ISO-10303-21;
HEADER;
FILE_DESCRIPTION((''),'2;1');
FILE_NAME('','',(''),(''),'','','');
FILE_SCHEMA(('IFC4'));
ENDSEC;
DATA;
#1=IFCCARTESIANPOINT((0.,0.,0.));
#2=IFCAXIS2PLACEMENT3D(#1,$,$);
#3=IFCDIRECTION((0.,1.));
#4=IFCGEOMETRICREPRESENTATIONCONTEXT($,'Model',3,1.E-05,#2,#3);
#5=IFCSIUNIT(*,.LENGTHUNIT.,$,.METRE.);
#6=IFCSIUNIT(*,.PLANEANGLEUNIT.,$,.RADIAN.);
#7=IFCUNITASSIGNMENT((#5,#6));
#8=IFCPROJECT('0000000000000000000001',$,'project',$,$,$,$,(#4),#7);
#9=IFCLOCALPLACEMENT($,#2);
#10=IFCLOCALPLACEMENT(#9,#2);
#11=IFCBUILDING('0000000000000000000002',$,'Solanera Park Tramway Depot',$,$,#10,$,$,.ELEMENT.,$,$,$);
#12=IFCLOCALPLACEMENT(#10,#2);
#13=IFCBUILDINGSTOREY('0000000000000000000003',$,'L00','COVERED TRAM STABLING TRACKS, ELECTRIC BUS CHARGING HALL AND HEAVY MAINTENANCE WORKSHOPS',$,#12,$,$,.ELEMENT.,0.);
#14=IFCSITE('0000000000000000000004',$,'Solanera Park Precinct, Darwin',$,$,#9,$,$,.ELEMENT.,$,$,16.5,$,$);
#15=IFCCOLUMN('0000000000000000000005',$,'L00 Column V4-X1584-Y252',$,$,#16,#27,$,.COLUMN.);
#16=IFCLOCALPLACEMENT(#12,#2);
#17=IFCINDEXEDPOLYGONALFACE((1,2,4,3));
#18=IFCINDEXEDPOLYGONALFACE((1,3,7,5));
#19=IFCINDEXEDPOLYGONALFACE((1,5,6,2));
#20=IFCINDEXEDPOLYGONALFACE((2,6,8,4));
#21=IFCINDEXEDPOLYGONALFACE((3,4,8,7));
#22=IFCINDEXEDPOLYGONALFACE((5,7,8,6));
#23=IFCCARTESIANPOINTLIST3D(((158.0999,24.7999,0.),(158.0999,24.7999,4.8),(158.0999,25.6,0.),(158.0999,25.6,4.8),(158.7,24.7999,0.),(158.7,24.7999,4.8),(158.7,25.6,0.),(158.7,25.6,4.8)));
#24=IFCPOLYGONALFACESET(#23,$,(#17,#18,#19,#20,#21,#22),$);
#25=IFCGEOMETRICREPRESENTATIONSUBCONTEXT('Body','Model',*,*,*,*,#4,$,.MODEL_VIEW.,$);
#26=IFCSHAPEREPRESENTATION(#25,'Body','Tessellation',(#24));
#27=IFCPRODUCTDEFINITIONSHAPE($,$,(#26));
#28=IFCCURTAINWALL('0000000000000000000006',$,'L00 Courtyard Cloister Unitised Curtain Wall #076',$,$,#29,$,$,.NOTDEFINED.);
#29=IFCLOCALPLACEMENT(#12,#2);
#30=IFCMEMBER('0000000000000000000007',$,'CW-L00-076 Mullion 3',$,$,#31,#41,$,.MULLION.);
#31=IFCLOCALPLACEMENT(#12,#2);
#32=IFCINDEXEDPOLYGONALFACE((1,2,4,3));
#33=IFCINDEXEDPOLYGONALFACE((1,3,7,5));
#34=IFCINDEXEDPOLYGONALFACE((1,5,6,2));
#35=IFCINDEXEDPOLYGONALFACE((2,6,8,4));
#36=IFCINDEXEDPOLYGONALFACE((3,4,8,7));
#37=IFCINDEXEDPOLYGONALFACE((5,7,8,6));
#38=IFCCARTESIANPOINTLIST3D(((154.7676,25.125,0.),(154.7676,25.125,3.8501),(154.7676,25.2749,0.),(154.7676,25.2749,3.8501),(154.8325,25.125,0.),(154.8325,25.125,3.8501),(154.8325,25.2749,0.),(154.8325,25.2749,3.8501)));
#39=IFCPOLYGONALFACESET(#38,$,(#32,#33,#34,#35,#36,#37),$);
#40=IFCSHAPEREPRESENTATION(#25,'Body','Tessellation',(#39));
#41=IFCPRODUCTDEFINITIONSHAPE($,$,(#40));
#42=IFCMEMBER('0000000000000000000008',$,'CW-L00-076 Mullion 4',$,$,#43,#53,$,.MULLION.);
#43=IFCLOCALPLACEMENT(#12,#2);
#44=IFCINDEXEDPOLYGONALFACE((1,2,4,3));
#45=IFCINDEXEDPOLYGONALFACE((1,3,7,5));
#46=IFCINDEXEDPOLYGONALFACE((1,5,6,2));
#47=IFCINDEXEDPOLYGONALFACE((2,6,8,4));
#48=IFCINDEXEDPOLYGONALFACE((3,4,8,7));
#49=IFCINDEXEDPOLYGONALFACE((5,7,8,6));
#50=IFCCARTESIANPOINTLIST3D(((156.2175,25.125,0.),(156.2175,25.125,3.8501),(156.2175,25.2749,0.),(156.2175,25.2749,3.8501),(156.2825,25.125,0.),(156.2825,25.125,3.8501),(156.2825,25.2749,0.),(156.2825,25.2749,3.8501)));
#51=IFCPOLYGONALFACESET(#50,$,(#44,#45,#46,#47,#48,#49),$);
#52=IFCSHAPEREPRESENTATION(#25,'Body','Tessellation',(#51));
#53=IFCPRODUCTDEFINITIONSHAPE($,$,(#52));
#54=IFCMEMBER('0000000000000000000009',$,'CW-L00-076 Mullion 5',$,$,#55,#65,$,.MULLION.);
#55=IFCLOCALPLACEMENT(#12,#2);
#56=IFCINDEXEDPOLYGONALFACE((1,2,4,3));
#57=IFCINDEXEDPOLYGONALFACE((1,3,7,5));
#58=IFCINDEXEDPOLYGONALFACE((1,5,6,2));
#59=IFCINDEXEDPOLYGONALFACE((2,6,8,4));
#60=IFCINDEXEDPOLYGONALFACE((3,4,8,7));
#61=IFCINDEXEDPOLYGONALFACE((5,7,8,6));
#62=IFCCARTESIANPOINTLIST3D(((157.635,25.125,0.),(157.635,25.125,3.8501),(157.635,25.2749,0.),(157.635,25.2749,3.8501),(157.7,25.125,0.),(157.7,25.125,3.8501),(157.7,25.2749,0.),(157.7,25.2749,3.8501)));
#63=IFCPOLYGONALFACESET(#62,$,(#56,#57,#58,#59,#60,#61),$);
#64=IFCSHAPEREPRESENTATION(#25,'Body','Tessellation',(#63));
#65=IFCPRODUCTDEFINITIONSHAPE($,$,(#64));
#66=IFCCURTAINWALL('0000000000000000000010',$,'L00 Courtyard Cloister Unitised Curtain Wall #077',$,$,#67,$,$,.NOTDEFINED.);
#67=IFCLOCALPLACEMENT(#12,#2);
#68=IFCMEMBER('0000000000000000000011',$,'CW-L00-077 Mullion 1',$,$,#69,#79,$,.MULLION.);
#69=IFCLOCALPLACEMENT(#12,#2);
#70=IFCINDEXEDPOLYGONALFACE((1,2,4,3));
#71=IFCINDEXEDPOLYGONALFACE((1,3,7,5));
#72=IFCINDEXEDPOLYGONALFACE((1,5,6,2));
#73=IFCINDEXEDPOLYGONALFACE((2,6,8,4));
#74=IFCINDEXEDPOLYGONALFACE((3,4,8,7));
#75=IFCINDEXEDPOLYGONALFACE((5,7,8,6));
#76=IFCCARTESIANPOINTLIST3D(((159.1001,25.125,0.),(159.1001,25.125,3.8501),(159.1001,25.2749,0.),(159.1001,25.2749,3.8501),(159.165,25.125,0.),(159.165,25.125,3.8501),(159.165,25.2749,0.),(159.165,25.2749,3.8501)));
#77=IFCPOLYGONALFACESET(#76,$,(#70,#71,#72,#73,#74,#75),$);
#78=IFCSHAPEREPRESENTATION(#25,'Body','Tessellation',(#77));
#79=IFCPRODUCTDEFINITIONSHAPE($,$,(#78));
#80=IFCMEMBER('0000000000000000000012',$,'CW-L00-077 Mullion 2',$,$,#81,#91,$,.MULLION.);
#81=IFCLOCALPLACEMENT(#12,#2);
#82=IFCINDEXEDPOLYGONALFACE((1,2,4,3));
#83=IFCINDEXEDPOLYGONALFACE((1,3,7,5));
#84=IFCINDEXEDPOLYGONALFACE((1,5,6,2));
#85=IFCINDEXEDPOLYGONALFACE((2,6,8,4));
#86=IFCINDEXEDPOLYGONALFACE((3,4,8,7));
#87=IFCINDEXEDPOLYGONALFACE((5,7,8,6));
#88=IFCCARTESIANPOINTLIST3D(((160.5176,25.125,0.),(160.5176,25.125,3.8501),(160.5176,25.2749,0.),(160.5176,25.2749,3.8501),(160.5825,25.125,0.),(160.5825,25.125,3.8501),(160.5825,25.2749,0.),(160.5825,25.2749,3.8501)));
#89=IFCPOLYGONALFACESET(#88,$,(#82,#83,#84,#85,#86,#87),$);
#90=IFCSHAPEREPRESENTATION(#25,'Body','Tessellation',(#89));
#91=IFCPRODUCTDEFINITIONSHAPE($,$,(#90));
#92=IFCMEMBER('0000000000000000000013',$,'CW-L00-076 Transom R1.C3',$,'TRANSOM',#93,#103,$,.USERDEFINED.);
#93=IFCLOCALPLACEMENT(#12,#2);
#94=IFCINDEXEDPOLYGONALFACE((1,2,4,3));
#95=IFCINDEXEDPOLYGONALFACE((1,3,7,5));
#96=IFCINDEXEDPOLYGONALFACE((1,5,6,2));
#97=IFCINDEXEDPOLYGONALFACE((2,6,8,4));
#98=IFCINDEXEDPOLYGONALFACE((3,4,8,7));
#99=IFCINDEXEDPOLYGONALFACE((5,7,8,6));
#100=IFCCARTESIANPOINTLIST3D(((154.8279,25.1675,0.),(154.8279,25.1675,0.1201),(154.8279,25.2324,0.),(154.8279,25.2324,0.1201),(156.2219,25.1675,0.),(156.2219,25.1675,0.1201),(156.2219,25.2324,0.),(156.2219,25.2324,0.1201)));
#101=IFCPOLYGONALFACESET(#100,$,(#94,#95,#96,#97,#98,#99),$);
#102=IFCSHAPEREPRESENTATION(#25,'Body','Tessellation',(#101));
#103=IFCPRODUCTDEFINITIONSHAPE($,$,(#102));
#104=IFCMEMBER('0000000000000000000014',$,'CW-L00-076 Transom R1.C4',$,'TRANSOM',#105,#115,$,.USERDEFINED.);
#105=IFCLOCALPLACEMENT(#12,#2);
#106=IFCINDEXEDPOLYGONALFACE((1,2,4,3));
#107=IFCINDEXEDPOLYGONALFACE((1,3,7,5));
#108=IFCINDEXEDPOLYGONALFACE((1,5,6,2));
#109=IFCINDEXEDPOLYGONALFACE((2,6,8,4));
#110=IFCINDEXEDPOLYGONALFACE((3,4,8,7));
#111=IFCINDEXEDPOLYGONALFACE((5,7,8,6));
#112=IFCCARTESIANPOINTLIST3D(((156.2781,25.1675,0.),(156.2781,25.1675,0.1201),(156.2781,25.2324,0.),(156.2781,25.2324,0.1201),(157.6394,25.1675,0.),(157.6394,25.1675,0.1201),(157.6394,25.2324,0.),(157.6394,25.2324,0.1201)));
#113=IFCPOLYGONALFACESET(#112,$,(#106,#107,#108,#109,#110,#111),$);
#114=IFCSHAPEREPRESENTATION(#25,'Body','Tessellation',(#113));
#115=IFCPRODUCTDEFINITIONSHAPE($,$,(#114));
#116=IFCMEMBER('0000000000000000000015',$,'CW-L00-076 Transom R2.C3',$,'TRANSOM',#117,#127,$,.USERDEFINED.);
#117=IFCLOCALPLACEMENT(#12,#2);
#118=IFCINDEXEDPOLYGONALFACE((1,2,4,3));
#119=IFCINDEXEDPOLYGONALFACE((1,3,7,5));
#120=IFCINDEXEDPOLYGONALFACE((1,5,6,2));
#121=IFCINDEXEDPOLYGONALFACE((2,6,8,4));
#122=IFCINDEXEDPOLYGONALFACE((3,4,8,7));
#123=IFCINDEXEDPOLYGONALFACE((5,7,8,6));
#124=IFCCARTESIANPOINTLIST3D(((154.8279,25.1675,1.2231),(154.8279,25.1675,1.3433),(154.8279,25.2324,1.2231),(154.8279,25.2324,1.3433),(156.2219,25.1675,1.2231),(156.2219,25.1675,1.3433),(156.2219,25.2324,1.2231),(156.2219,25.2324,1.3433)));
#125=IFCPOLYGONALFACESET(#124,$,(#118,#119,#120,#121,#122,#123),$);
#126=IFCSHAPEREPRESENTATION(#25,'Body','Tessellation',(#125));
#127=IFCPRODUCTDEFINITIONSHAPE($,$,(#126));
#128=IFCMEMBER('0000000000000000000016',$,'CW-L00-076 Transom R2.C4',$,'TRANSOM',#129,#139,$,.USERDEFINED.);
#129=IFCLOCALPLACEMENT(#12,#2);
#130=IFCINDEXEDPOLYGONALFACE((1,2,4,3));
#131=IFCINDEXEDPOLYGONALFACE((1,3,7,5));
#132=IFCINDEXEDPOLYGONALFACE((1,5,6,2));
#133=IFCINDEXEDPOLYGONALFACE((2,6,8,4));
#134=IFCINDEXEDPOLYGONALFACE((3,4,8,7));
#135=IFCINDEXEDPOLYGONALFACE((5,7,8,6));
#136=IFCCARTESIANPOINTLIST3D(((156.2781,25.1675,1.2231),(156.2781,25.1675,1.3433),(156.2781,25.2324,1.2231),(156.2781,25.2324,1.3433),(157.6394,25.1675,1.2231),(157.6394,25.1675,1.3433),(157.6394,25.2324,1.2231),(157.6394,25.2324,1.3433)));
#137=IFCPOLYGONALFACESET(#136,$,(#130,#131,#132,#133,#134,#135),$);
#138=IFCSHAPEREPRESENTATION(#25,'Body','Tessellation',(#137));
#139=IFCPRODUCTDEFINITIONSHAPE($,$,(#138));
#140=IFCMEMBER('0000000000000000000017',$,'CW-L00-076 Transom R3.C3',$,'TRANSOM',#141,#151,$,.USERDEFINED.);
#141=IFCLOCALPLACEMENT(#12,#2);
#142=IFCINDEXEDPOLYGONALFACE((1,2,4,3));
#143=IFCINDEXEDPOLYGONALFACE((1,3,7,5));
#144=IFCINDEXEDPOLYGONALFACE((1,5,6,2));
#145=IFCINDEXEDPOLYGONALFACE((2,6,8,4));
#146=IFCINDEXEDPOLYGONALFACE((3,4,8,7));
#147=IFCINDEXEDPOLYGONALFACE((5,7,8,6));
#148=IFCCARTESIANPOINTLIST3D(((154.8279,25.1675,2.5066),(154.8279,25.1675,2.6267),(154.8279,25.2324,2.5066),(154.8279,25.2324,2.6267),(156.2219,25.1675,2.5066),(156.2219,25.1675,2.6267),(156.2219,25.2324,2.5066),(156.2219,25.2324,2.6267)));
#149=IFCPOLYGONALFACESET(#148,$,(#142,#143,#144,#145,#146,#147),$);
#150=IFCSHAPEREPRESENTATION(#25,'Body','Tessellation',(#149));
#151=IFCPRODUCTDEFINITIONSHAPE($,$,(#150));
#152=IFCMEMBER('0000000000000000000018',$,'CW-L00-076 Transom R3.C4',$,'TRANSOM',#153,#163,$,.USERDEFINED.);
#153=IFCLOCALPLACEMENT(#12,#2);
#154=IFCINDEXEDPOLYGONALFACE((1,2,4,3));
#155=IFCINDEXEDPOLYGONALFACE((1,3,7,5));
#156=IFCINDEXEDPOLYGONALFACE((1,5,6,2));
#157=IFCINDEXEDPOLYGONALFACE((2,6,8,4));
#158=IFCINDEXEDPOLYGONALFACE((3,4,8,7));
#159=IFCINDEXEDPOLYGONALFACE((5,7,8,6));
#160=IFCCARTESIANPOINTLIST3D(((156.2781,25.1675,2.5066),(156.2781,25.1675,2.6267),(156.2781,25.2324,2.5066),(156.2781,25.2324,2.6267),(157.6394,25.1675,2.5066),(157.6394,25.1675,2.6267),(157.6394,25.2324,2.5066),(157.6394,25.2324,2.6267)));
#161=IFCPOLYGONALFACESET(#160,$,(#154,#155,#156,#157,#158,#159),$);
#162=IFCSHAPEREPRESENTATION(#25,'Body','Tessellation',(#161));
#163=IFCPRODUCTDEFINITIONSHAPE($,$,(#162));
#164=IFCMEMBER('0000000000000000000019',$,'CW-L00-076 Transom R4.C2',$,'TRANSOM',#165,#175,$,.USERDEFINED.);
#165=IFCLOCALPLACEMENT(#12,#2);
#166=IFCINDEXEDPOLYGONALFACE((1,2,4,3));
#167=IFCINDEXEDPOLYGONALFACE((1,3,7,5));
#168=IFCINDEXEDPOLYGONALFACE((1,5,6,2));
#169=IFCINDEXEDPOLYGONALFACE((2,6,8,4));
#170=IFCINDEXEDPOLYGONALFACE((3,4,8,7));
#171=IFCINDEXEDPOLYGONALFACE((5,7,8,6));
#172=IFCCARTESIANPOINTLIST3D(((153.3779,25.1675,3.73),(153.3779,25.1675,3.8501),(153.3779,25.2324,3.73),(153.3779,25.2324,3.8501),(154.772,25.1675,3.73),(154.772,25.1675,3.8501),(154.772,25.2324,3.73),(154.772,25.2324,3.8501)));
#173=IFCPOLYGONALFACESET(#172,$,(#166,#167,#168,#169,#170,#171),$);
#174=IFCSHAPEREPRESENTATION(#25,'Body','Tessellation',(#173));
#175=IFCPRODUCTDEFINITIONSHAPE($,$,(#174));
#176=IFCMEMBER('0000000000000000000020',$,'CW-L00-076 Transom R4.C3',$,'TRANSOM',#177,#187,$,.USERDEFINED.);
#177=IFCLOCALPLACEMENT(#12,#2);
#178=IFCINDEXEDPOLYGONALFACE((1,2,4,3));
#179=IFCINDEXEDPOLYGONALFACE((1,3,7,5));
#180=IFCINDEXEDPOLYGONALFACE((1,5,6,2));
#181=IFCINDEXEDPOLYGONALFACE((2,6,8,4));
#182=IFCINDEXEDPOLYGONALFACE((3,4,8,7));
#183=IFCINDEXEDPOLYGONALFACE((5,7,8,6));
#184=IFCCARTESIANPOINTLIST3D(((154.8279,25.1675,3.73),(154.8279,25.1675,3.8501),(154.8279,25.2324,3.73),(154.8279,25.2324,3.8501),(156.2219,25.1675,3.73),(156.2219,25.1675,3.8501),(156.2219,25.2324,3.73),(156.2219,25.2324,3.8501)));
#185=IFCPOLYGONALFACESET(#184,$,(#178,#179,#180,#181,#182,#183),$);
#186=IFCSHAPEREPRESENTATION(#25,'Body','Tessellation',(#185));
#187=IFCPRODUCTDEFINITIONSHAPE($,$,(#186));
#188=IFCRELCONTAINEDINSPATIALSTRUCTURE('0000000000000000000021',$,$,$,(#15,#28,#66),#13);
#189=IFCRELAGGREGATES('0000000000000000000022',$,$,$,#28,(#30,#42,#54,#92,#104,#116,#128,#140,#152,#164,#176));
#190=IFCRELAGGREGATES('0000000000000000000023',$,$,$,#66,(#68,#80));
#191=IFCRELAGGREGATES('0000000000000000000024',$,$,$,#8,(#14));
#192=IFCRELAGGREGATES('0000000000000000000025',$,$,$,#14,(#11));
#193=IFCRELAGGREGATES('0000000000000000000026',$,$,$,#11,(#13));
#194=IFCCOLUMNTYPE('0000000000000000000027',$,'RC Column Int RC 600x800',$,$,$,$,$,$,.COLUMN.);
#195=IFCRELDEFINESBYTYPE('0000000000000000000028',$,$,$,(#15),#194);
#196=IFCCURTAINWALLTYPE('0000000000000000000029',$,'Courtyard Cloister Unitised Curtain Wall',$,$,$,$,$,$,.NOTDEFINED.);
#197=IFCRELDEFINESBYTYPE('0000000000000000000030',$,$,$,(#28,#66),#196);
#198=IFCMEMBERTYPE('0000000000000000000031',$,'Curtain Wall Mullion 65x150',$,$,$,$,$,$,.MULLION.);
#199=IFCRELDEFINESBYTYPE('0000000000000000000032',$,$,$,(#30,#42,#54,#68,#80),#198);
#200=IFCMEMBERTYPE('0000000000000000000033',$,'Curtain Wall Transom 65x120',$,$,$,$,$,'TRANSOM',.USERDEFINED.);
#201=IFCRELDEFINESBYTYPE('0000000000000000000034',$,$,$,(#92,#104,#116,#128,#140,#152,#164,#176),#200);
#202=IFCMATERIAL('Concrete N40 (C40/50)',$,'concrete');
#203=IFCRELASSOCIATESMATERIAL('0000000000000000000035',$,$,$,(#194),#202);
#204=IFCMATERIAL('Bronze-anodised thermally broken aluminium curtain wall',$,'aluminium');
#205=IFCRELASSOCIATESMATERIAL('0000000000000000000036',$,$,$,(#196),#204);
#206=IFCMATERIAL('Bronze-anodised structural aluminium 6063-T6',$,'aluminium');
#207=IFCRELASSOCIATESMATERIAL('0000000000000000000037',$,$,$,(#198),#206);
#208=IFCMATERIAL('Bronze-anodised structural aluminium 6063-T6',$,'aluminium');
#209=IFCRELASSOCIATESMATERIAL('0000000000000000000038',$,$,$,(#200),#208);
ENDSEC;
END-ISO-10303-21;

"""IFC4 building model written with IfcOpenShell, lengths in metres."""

from ifc_helpers import new_model, si_unit, direction, frame, origin, origin_2d, place, context, subcontext, project, spatial, rectangle, extrude, material, material_profile, profile_set, type_object, element, aggregate, save


model = new_model("IFC4")

# Units and contexts
model_context = context("Model", 3, precision=1e-05, world=origin(), true_north=direction((0.0, 1.0)))
body_context = subcontext(model_context, "Body", "Model", "MODEL_VIEW")
ifc_project = project(units=[si_unit("LENGTHUNIT", "METRE"), si_unit("PLANEANGLEUNIT", "RADIAN")], contexts=[model_context])

# Site, building, storey
site_placement = place(None, origin())
site = spatial("IfcSite", under=ifc_project, at=site_placement, Name="Solanera Park Precinct, Darwin", CompositionType="ELEMENT", RefElevation=16.5)
building_placement = place(site_placement, origin())
building = spatial("IfcBuilding", under=site, at=building_placement, Name="Solanera Park Tramway Depot", CompositionType="ELEMENT")
storey_placement = place(building_placement, origin())
storey = spatial("IfcBuildingStorey", under=building, at=storey_placement, Name="L00", Description="COVERED TRAM STABLING TRACKS, ELECTRIC BUS CHARGING HALL AND HEAVY MAINTENANCE WORKSHOPS", CompositionType="ELEMENT", Elevation=0.0)

# Column
ifc_material_1 = material(Name="Concrete N40 (C40/50)", Category="concrete")
ifc_material_profile_1 = material_profile(ifc_material_1, rectangle(XDim=0.6001, YDim=0.8, at=origin_2d()), Name="RC 600x800")
ifc_profile_set_1 = profile_set([ifc_material_profile_1], Name="Concrete N40 (C40/50)")
column_type = type_object("IfcColumnType", Name="RC Column Int RC 600x800", PredefinedType="COLUMN", material=ifc_profile_set_1)
column_placement = place(storey_placement, frame((158.3999, 25.2, 0.0), z_axis=(0.0, 0.0, 1.0), x_axis=(1.0, 0.0, 0.0)))
element("IfcColumn", 1, at=column_placement, inside=storey, type_object=column_type, Name="L00 Column V4-X1584-Y252", PredefinedType="COLUMN", context=body_context, shape_type="SweptSolid", body=[
    extrude(rectangle(XDim=0.6001, YDim=0.8, at=origin_2d()), origin(), (0.0, 0.0, 1.0), 4.8),
])

# Curtain walls, members
ifc_material_2 = material(Name="Bronze-anodised thermally broken aluminium curtain wall", Category="aluminium")
curtain_wall_type = type_object("IfcCurtainWallType", Name="Courtyard Cloister Unitised Curtain Wall", PredefinedType="NOTDEFINED", material=ifc_material_2)
curtain_wall_1_placement = place(storey_placement, origin())
curtain_wall_1 = element("IfcCurtainWall", 2, at=curtain_wall_1_placement, inside=storey, type_object=curtain_wall_type, Name="L00 Courtyard Cloister Unitised Curtain Wall #076", PredefinedType="NOTDEFINED")
ifc_material_3 = material(Name="Bronze-anodised structural aluminium 6063-T6", Category="aluminium")
ifc_material_profile_2 = material_profile(ifc_material_3, rectangle(XDim=0.0649, YDim=0.1499, at=origin_2d()), Name="Curtain Wall Mullion 65x150")
ifc_profile_set_2 = profile_set([ifc_material_profile_2], Name="Bronze-anodised structural aluminium 6063-T6")
member_type_1 = type_object("IfcMemberType", Name="Curtain Wall Mullion 65x150", PredefinedType="MULLION", material=ifc_profile_set_2)
member_1_placement = place(storey_placement, frame((154.8, 25.2, 0.0), z_axis=(0.0, 0.0, 1.0), x_axis=(1.0, 0.0, 0.0)))
member_1 = element("IfcMember", 3, at=member_1_placement, type_object=member_type_1, Name="CW-L00-076 Mullion 3", PredefinedType="MULLION", context=body_context, shape_type="SweptSolid", body=[
    extrude(rectangle(XDim=0.0649, YDim=0.1499, at=origin_2d()), origin(), (0.0, 0.0, 1.0), 3.8501),
])
member_2_placement = place(storey_placement, frame((156.25, 25.2, 0.0), z_axis=(0.0, 0.0, 1.0), x_axis=(1.0, 0.0, 0.0)))
member_2 = element("IfcMember", 4, at=member_2_placement, type_object=member_type_1, Name="CW-L00-076 Mullion 4", PredefinedType="MULLION", context=body_context, shape_type="SweptSolid", body=[
    extrude(rectangle(XDim=0.0649, YDim=0.1499, at=origin_2d()), origin(), (0.0, 0.0, 1.0), 3.8501),
])
member_3_placement = place(storey_placement, frame((157.6675, 25.2, 0.0), z_axis=(0.0, 0.0, 1.0), x_axis=(1.0, 0.0, 0.0)))
member_3 = element("IfcMember", 5, at=member_3_placement, type_object=member_type_1, Name="CW-L00-076 Mullion 5", PredefinedType="MULLION", context=body_context, shape_type="SweptSolid", body=[
    extrude(rectangle(XDim=0.0649, YDim=0.1499, at=origin_2d()), origin(), (0.0, 0.0, 1.0), 3.8501),
])
curtain_wall_2_placement = place(storey_placement, origin())
curtain_wall_2 = element("IfcCurtainWall", 6, at=curtain_wall_2_placement, inside=storey, type_object=curtain_wall_type, Name="L00 Courtyard Cloister Unitised Curtain Wall #077", PredefinedType="NOTDEFINED")
member_4_placement = place(storey_placement, frame((159.1326, 25.2, 0.0), z_axis=(0.0, 0.0, 1.0), x_axis=(1.0, 0.0, 0.0)))
member_4 = element("IfcMember", 7, at=member_4_placement, type_object=member_type_1, Name="CW-L00-077 Mullion 1", PredefinedType="MULLION", context=body_context, shape_type="SweptSolid", body=[
    extrude(rectangle(XDim=0.0649, YDim=0.1499, at=origin_2d()), origin(), (0.0, 0.0, 1.0), 3.8501),
])
member_5_placement = place(storey_placement, frame((160.55, 25.2, 0.0), z_axis=(0.0, 0.0, 1.0), x_axis=(1.0, 0.0, 0.0)))
member_5 = element("IfcMember", 8, at=member_5_placement, type_object=member_type_1, Name="CW-L00-077 Mullion 2", PredefinedType="MULLION", context=body_context, shape_type="SweptSolid", body=[
    extrude(rectangle(XDim=0.0649, YDim=0.1499, at=origin_2d()), origin(), (0.0, 0.0, 1.0), 3.8501),
])

# Members
ifc_material_4 = material(Name="Bronze-anodised structural aluminium 6063-T6", Category="aluminium")
ifc_material_profile_3 = material_profile(ifc_material_4, rectangle(XDim=0.0649, YDim=0.1201, at=origin_2d()), Name="Curtain Wall Transom 65x120")
ifc_profile_set_3 = profile_set([ifc_material_profile_3], Name="Bronze-anodised structural aluminium 6063-T6")
member_type_2 = type_object("IfcMemberType", Name="Curtain Wall Transom 65x120", ElementType="TRANSOM", PredefinedType="USERDEFINED", material=ifc_profile_set_3)
member_6_placement = place(storey_placement, frame((154.8279, 25.2, 0.0601), z_axis=(1.0, 0.0, 0.0), x_axis=(0.0, 1.0, 0.0)))
member_6 = element("IfcMember", 9, at=member_6_placement, type_object=member_type_2, Name="CW-L00-076 Transom R1.C3", ObjectType="TRANSOM", PredefinedType="USERDEFINED", context=body_context, shape_type="SweptSolid", body=[
    extrude(rectangle(XDim=0.0649, YDim=0.1201, at=origin_2d()), origin(), (0.0, 0.0, 1.0), 1.394),
])
member_7_placement = place(storey_placement, frame((156.2781, 25.2, 0.0601), z_axis=(1.0, 0.0, 0.0), x_axis=(0.0, 1.0, 0.0)))
member_7 = element("IfcMember", 10, at=member_7_placement, type_object=member_type_2, Name="CW-L00-076 Transom R1.C4", ObjectType="TRANSOM", PredefinedType="USERDEFINED", context=body_context, shape_type="SweptSolid", body=[
    extrude(rectangle(XDim=0.0649, YDim=0.1201, at=origin_2d()), origin(), (0.0, 0.0, 1.0), 1.3613),
])
member_8_placement = place(storey_placement, frame((154.8279, 25.2, 1.2832), z_axis=(1.0, 0.0, 0.0), x_axis=(0.0, 1.0, 0.0)))
member_8 = element("IfcMember", 11, at=member_8_placement, type_object=member_type_2, Name="CW-L00-076 Transom R2.C3", ObjectType="TRANSOM", PredefinedType="USERDEFINED", context=body_context, shape_type="SweptSolid", body=[
    extrude(rectangle(XDim=0.0649, YDim=0.1201, at=origin_2d()), origin(), (0.0, 0.0, 1.0), 1.394),
])
member_9_placement = place(storey_placement, frame((156.2781, 25.2, 1.2832), z_axis=(1.0, 0.0, 0.0), x_axis=(0.0, 1.0, 0.0)))
member_9 = element("IfcMember", 12, at=member_9_placement, type_object=member_type_2, Name="CW-L00-076 Transom R2.C4", ObjectType="TRANSOM", PredefinedType="USERDEFINED", context=body_context, shape_type="SweptSolid", body=[
    extrude(rectangle(XDim=0.0649, YDim=0.1201, at=origin_2d()), origin(), (0.0, 0.0, 1.0), 1.3613),
])
member_10_placement = place(storey_placement, frame((154.8279, 25.2, 2.5667), z_axis=(1.0, 0.0, 0.0), x_axis=(0.0, 1.0, 0.0)))
member_10 = element("IfcMember", 13, at=member_10_placement, type_object=member_type_2, Name="CW-L00-076 Transom R3.C3", ObjectType="TRANSOM", PredefinedType="USERDEFINED", context=body_context, shape_type="SweptSolid", body=[
    extrude(rectangle(XDim=0.0649, YDim=0.1201, at=origin_2d()), origin(), (0.0, 0.0, 1.0), 1.394),
])
member_11_placement = place(storey_placement, frame((156.2781, 25.2, 2.5667), z_axis=(1.0, 0.0, 0.0), x_axis=(0.0, 1.0, 0.0)))
member_11 = element("IfcMember", 14, at=member_11_placement, type_object=member_type_2, Name="CW-L00-076 Transom R3.C4", ObjectType="TRANSOM", PredefinedType="USERDEFINED", context=body_context, shape_type="SweptSolid", body=[
    extrude(rectangle(XDim=0.0649, YDim=0.1201, at=origin_2d()), origin(), (0.0, 0.0, 1.0), 1.3613),
])
member_12_placement = place(storey_placement, frame((153.3779, 25.2, 3.79), z_axis=(1.0, 0.0, 0.0), x_axis=(0.0, 1.0, 0.0)))
member_12 = element("IfcMember", 15, at=member_12_placement, type_object=member_type_2, Name="CW-L00-076 Transom R4.C2", ObjectType="TRANSOM", PredefinedType="USERDEFINED", context=body_context, shape_type="SweptSolid", body=[
    extrude(rectangle(XDim=0.0649, YDim=0.1201, at=origin_2d()), origin(), (0.0, 0.0, 1.0), 1.394),
])
member_13_placement = place(storey_placement, frame((154.8279, 25.2, 3.79), z_axis=(1.0, 0.0, 0.0), x_axis=(0.0, 1.0, 0.0)))
member_13 = element("IfcMember", 16, at=member_13_placement, type_object=member_type_2, Name="CW-L00-076 Transom R4.C3", ObjectType="TRANSOM", PredefinedType="USERDEFINED", context=body_context, shape_type="SweptSolid", body=[
    extrude(rectangle(XDim=0.0649, YDim=0.1201, at=origin_2d()), origin(), (0.0, 0.0, 1.0), 1.394),
])

aggregate(curtain_wall_1, [member_1, member_2, member_3, member_6, member_7, member_8, member_9, member_10, member_11, member_12, member_13])
aggregate(curtain_wall_2, [member_4, member_5])

save(model, "model.ifc")
